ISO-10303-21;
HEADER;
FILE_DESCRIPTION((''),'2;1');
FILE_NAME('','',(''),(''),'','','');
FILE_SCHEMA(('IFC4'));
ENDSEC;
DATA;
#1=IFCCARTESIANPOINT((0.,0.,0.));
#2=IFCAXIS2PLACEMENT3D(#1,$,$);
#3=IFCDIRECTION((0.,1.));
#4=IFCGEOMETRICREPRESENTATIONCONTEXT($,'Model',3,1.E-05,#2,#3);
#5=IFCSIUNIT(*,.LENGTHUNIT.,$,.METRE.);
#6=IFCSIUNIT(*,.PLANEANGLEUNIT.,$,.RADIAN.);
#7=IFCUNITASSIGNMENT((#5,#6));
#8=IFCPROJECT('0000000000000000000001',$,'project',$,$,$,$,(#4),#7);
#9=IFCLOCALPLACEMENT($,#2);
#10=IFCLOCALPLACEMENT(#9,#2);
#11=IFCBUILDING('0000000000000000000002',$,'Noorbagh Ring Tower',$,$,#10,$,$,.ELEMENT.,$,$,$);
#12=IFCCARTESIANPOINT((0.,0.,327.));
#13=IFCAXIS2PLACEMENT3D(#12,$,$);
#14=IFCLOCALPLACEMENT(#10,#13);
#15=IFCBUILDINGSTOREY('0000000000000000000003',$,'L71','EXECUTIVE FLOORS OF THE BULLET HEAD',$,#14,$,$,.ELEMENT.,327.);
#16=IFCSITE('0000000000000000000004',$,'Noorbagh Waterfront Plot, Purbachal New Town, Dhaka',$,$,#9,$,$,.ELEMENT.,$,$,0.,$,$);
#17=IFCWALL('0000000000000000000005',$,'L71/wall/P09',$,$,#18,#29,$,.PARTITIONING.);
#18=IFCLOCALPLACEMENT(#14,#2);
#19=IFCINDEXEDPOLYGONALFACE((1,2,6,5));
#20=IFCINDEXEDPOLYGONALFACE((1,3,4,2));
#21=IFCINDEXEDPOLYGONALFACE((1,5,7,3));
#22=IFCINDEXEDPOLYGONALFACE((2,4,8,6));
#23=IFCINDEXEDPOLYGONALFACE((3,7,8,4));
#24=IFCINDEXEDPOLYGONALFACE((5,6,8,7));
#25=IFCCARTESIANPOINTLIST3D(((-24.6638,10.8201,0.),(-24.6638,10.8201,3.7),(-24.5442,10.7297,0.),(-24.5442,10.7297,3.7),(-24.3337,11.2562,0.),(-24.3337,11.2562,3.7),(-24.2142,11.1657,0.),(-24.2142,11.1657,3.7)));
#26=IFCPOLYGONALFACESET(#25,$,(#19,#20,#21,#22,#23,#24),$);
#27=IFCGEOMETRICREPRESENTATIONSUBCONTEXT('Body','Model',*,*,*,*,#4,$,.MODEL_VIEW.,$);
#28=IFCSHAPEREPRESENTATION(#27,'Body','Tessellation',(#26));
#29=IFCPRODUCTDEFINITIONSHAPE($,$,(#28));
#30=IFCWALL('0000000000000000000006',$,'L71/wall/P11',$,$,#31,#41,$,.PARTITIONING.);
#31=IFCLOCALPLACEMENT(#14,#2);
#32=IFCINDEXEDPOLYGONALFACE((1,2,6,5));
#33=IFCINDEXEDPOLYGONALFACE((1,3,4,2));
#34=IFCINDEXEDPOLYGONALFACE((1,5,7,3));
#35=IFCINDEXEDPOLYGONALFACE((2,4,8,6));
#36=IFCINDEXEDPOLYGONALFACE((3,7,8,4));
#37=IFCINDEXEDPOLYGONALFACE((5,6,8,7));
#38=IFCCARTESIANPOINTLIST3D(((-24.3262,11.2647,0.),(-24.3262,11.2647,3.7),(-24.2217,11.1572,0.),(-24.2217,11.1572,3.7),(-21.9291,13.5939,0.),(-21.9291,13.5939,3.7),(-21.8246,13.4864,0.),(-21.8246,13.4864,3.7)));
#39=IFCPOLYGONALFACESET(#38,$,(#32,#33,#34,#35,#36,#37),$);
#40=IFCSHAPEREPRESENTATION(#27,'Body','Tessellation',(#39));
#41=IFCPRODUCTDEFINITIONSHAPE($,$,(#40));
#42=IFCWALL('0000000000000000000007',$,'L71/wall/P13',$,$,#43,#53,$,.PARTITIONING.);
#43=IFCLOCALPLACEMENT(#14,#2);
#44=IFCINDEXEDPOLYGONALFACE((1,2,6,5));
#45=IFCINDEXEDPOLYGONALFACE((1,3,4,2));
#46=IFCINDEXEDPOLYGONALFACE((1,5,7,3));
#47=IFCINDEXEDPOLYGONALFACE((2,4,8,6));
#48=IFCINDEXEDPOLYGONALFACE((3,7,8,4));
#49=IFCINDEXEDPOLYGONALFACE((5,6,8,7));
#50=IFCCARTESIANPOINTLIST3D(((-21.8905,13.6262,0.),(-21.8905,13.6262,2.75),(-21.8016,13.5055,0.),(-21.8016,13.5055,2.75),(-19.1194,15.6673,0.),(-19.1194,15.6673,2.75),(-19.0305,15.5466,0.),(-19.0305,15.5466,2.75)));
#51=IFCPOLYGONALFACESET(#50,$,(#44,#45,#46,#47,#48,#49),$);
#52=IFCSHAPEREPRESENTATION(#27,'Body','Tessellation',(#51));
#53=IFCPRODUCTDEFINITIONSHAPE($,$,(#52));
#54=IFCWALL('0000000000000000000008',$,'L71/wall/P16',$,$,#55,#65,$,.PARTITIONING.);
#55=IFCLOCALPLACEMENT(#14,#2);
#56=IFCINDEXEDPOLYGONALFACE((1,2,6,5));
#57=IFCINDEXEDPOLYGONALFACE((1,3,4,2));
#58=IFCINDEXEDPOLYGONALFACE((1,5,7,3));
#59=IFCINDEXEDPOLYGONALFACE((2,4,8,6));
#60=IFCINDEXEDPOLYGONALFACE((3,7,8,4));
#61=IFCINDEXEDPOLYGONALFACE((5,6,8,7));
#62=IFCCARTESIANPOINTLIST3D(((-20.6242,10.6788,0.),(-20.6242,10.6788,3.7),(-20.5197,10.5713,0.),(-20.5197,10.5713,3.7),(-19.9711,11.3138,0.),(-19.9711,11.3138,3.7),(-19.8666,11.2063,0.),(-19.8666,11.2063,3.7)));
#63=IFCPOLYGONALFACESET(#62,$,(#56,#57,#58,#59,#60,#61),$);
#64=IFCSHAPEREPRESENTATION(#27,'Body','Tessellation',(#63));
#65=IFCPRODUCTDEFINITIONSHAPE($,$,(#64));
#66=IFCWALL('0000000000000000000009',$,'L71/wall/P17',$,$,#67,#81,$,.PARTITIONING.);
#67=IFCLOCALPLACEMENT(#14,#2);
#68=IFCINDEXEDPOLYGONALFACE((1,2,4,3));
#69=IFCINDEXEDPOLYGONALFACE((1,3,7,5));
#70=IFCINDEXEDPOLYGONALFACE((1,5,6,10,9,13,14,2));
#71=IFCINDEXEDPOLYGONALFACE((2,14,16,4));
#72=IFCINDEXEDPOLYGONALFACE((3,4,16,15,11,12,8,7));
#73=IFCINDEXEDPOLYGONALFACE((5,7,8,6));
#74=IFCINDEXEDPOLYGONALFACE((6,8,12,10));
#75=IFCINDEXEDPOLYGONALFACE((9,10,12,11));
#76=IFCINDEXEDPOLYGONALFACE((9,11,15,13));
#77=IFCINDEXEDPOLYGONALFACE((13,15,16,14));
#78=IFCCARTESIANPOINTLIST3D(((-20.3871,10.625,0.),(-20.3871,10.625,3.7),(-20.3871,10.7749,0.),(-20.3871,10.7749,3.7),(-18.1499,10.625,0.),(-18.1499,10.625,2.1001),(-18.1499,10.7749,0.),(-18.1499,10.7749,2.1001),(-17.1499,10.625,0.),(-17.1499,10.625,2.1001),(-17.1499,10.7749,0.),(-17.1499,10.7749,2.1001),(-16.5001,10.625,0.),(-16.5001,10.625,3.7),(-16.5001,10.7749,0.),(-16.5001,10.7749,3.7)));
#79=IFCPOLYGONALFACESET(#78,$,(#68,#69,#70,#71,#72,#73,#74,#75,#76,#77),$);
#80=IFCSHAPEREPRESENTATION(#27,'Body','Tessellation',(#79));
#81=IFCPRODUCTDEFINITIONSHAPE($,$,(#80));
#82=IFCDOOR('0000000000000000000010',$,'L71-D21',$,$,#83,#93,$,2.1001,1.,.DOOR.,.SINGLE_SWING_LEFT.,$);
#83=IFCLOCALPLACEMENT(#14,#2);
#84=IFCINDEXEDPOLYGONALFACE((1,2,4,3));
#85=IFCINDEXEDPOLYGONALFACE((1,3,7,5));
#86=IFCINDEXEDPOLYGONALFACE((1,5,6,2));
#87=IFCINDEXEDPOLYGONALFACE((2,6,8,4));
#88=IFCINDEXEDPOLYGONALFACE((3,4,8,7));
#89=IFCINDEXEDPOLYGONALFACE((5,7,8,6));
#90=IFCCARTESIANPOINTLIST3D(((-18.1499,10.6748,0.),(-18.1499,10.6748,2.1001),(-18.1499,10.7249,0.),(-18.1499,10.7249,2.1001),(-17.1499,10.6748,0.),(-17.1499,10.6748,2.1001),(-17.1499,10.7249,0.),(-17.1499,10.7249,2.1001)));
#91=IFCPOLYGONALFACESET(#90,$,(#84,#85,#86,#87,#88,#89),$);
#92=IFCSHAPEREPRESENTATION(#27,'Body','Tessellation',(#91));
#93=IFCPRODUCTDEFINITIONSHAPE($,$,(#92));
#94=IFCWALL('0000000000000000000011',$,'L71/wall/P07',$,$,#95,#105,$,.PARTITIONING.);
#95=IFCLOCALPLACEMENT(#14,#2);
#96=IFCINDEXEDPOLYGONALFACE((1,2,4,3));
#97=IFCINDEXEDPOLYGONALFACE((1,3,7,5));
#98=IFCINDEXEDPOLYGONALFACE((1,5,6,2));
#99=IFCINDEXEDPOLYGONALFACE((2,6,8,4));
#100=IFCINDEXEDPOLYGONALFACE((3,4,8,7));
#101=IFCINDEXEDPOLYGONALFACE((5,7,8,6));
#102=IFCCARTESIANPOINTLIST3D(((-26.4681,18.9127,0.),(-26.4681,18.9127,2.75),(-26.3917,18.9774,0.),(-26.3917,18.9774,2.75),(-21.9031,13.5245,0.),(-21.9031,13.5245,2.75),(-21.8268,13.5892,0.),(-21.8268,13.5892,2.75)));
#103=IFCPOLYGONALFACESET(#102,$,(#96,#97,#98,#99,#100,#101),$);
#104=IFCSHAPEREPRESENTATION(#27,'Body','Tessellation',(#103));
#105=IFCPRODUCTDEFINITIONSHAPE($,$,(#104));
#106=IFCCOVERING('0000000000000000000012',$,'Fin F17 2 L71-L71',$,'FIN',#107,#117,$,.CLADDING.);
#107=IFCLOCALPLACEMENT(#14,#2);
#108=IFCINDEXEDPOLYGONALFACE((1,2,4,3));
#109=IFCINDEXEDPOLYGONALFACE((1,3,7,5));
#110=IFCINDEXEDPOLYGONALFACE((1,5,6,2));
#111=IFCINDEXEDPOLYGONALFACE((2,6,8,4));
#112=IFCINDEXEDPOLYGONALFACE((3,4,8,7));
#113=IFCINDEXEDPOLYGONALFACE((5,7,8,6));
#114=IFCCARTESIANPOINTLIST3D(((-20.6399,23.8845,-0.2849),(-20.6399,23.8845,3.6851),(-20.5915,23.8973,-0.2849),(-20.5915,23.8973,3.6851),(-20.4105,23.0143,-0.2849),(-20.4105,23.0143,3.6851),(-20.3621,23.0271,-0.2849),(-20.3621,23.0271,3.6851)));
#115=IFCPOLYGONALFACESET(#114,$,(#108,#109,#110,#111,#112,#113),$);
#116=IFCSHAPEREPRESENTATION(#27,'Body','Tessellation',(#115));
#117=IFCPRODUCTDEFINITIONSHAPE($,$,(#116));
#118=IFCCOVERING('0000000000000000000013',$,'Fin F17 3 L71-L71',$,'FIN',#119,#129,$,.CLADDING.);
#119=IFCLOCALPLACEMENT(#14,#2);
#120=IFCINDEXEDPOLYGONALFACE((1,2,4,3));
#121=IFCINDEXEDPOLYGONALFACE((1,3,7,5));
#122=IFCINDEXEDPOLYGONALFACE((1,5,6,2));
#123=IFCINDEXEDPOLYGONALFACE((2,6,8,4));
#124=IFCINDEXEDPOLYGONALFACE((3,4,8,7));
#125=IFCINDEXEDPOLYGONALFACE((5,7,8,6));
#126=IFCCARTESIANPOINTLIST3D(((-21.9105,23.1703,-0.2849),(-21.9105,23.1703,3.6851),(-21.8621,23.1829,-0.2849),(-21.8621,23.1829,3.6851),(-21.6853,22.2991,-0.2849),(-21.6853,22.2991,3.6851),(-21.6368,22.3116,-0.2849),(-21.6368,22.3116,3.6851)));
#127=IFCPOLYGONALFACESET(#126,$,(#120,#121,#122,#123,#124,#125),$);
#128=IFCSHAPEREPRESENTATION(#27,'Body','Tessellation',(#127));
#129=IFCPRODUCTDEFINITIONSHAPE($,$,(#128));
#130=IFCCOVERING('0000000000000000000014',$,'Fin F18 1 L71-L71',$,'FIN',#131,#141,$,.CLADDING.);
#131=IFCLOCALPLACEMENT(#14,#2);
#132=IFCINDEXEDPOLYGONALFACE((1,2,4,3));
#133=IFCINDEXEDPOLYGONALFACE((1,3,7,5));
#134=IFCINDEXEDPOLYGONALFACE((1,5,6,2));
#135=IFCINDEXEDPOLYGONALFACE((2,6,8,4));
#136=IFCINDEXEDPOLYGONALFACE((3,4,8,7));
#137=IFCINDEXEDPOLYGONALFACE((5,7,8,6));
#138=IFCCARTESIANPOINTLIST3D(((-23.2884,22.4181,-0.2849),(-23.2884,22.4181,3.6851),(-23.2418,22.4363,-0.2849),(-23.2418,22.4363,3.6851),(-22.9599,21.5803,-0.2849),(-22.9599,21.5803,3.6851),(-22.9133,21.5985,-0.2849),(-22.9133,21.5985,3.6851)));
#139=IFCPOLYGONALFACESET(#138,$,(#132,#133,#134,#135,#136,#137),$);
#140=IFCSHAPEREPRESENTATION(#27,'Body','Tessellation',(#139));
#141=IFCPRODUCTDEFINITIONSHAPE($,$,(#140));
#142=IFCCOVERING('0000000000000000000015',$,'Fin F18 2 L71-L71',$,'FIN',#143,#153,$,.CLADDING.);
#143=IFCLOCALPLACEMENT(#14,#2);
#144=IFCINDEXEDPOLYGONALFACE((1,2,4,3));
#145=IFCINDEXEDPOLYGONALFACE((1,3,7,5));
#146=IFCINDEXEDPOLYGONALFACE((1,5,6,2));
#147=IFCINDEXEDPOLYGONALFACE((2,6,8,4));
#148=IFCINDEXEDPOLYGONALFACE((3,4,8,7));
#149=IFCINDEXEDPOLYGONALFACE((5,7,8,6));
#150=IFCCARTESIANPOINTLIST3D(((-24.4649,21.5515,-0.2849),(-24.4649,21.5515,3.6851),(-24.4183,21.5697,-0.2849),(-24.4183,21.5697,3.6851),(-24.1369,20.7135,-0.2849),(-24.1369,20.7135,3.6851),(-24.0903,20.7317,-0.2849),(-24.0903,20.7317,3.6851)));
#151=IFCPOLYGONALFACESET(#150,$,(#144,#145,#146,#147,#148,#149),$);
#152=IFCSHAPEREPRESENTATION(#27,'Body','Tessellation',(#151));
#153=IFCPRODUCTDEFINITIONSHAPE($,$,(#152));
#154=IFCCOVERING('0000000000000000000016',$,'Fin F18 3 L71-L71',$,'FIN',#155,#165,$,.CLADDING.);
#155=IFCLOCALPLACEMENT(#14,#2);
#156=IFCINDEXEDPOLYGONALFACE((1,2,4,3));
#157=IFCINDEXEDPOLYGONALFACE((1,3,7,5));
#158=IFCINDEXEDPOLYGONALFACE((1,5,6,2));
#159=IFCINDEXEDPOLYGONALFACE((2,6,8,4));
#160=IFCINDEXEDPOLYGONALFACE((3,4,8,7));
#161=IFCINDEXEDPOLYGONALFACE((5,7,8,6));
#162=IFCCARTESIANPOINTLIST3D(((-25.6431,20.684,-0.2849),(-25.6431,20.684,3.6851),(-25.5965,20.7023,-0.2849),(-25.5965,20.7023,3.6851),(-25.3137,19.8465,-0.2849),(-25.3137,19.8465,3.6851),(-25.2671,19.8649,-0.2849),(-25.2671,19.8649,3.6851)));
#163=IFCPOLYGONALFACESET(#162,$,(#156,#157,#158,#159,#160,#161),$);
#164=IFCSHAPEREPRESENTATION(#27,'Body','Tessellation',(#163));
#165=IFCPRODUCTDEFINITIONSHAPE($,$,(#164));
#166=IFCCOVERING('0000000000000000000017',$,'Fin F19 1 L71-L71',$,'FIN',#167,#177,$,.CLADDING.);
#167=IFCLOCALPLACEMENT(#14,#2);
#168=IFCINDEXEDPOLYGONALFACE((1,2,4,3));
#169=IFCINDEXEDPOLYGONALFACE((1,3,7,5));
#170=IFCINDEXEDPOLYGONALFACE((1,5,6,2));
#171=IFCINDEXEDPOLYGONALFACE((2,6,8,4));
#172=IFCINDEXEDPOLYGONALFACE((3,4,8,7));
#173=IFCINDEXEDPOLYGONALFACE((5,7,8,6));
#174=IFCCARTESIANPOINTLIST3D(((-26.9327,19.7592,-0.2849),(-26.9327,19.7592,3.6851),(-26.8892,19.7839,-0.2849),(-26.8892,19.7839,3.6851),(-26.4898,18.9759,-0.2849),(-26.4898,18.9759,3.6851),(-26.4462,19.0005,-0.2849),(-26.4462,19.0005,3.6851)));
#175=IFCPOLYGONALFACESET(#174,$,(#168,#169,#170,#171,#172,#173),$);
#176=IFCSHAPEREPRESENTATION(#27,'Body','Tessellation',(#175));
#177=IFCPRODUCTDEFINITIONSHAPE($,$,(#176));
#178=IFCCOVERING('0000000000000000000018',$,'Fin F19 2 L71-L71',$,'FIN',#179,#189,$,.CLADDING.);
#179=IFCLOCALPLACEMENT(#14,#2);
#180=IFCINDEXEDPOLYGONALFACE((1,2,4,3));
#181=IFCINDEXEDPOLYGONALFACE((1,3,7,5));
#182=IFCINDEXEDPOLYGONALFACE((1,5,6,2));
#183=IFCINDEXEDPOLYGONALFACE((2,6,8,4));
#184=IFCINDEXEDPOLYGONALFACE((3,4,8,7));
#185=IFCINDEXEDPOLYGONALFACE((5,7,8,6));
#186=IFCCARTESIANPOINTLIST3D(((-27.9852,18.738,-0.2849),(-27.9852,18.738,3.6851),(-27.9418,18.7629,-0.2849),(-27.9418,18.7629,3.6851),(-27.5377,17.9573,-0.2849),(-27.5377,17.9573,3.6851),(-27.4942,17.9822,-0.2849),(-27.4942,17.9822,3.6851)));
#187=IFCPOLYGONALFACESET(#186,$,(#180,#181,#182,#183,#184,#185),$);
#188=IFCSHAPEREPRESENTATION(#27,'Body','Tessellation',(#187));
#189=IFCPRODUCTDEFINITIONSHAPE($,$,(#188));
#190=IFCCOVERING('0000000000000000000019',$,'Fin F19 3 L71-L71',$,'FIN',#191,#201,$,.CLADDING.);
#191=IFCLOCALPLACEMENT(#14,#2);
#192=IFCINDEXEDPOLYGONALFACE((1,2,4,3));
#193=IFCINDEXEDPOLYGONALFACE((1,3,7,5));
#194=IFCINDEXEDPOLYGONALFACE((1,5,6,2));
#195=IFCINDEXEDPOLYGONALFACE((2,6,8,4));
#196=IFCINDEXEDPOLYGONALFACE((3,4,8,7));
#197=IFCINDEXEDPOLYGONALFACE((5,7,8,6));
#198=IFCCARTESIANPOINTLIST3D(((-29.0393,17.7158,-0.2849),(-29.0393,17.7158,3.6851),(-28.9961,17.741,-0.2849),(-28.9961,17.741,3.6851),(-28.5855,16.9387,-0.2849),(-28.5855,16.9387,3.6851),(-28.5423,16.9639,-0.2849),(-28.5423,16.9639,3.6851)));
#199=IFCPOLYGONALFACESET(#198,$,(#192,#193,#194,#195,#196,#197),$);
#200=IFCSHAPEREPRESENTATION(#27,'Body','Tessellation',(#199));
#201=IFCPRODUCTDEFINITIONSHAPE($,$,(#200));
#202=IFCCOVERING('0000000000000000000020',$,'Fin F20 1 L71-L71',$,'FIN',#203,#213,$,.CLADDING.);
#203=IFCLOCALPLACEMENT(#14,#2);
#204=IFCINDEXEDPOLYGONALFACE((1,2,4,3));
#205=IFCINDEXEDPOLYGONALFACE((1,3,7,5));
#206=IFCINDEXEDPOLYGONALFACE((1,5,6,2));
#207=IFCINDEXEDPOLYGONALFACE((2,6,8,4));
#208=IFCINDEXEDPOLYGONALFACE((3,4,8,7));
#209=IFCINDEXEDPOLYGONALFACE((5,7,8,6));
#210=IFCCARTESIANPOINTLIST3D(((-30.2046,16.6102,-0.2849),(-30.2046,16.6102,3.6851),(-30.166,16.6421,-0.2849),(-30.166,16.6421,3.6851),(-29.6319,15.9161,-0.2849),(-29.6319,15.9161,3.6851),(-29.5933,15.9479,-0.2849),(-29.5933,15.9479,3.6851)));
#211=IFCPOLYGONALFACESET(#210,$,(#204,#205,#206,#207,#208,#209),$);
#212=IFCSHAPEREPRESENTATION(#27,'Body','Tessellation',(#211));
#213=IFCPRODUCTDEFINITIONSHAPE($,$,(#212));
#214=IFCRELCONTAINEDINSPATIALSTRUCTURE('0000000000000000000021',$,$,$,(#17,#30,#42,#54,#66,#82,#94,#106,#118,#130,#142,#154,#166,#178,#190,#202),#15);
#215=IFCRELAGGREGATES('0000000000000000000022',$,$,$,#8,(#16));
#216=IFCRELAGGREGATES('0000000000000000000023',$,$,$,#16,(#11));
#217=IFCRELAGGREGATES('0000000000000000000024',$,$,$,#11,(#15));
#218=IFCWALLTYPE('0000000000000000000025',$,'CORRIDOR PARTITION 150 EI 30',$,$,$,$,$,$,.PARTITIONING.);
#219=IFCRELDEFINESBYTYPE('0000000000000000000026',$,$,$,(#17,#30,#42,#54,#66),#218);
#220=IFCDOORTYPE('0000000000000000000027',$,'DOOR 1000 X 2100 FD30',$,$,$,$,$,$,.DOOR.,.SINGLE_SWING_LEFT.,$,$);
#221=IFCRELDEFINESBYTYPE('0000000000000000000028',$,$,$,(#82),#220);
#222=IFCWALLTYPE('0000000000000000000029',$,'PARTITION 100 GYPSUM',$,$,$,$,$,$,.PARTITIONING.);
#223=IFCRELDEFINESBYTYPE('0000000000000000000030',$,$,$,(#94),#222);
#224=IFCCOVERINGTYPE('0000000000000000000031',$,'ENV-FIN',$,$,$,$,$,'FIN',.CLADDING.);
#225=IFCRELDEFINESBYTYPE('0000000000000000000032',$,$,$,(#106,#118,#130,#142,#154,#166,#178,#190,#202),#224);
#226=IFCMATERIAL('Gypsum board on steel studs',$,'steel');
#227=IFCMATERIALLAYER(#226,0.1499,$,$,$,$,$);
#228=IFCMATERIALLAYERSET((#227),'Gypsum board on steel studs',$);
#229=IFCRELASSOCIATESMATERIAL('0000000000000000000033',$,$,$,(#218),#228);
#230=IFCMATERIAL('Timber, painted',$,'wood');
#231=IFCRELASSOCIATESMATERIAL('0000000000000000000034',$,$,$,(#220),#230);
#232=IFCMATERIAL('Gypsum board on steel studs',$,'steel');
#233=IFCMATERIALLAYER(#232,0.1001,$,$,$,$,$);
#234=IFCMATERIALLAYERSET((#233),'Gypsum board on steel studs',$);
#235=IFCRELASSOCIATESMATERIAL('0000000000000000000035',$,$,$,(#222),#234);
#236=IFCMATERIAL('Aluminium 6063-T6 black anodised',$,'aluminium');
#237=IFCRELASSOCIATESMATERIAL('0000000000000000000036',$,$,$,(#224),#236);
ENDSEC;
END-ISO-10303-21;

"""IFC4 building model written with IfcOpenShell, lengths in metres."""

from ifc_helpers import new_model, si_unit, direction, frame, frame_2d, origin, origin_2d, place, context, subcontext, project, spatial, rectangle, extrude, material, layer, layer_set, material_profile, profile_set, type_object, element, fill, save


model = new_model("IFC4")

# Units and contexts
model_context = context("Model", 3, precision=1e-05, world=origin(), true_north=direction((0.0, 1.0)))
body_context = subcontext(model_context, "Body", "Model", "MODEL_VIEW")
ifc_project = project(units=[si_unit("LENGTHUNIT", "METRE"), si_unit("PLANEANGLEUNIT", "RADIAN")], contexts=[model_context])

# Site, building, storey
site_placement = place(None, origin())
site = spatial("IfcSite", under=ifc_project, at=site_placement, Name="Noorbagh Waterfront Plot, Purbachal New Town, Dhaka", CompositionType="ELEMENT", RefElevation=0.0)
building_placement = place(site_placement, origin())
building = spatial("IfcBuilding", under=site, at=building_placement, Name="Noorbagh Ring Tower", CompositionType="ELEMENT")
storey_placement = place(building_placement, frame((0.0, 0.0, 327.0)))
storey = spatial("IfcBuildingStorey", under=building, at=storey_placement, Name="L71", Description="EXECUTIVE FLOORS OF THE BULLET HEAD", CompositionType="ELEMENT", Elevation=327.0)

# Shared definitions
ifc_material_1 = material(Name="Gypsum board on steel studs", Category="steel")
ifc_layer_1 = layer(ifc_material_1, 0.1499)
ifc_layer_set_1 = layer_set([ifc_layer_1], Name="Gypsum board on steel studs")
wall_type_1 = type_object("IfcWallType", Name="CORRIDOR PARTITION 150 EI 30", PredefinedType="PARTITIONING", material=ifc_layer_set_1)
ifc_material_2 = material(Name="Timber, painted", Category="wood")
door_type = type_object("IfcDoorType", Name="DOOR 1000 X 2100 FD30", OperationType="SINGLE_SWING_LEFT", PredefinedType="DOOR", material=ifc_material_2)

# Walls
wall_1_placement = place(storey_placement, frame((-24.604, 10.7749, 0.0), z_axis=(0.0, 0.0, 1.0), x_axis=(0.603565, 0.797313, 0.0)))
element("IfcWall", 1, at=wall_1_placement, inside=storey, type_object=wall_type_1, Name="L71/wall/P09", PredefinedType="PARTITIONING", context=body_context, shape_type="SweptSolid", body=[
    extrude(rectangle(XDim=0.5469, YDim=0.1499, at=frame_2d((0.2734, 0.0))), origin(), (0.0, 0.0, 1.0), 3.7),
])
wall_2_placement = place(storey_placement, frame((-24.2739, 11.2109, 0.0), z_axis=(0.0, 0.0, 1.0), x_axis=(0.717188, 0.69688, 0.0)))
element("IfcWall", 2, at=wall_2_placement, inside=storey, type_object=wall_type_1, Name="L71/wall/P11", PredefinedType="PARTITIONING", context=body_context, shape_type="SweptSolid", body=[
    extrude(rectangle(XDim=3.3423, YDim=0.1499, at=frame_2d((1.6711, 0.0))), origin(), (0.0, 0.0, 1.0), 3.7),
])
wall_3_placement = place(storey_placement, frame((-21.8459, 13.5659, 0.0), z_axis=(0.0, 0.0, 1.0), x_axis=(0.805163, 0.593054, 0.0)))
element("IfcWall", 3, at=wall_3_placement, inside=storey, type_object=wall_type_1, Name="L71/wall/P13", PredefinedType="PARTITIONING", context=body_context, shape_type="SweptSolid", body=[
    extrude(rectangle(XDim=3.4417, YDim=0.1499, at=frame_2d((1.7207, 0.0))), origin(), (0.0, 0.0, 1.0), 2.75),
])
wall_4_placement = place(storey_placement, frame((-20.572, 10.625, 0.0), z_axis=(0.0, 0.0, 1.0), x_axis=(0.716954, 0.69712, 0.0)))
element("IfcWall", 4, at=wall_4_placement, inside=storey, type_object=wall_type_1, Name="L71/wall/P16", PredefinedType="PARTITIONING", context=body_context, shape_type="SweptSolid", body=[
    extrude(rectangle(XDim=0.9109, YDim=0.1499, at=frame_2d((0.4556, 0.0))), origin(), (0.0, 0.0, 1.0), 3.7),
])

# Wall, opening, door
wall_5_placement = place(storey_placement, frame((-20.387, 10.7, 0.0), z_axis=(0.0, 0.0, 1.0), x_axis=(1.0, 0.0, 0.0)))
wall_5 = element("IfcWall", 5, at=wall_5_placement, inside=storey, type_object=wall_type_1, Name="L71/wall/P17", PredefinedType="PARTITIONING", context=body_context, shape_type="SweptSolid", body=[
    extrude(rectangle(XDim=3.887, YDim=0.1499, at=frame_2d((1.9434, 0.0))), origin(), (0.0, 0.0, 1.0), 3.7),
])
opening_1_placement = place(wall_5_placement, frame((2.2371, 0.0, 0.0)))
opening_1 = element("IfcOpeningElement", 6, at=opening_1_placement, cuts=wall_5, PredefinedType="OPENING", context=body_context, shape_type="SweptSolid", body=[
    extrude(rectangle(XDim=1.0, YDim=2.1001, at=frame_2d((0.5, 1.05))), frame((0.0, 0.085, 0.0), z_axis=(0.0, -1.0, 0.0), x_axis=(1.0, 0.0, 0.0)), (0.0, 0.0, 1.0), 0.1699),
])
door_1_placement = place(opening_1_placement, origin())
door_1 = element("IfcDoor", 7, at=door_1_placement, inside=storey, type_object=door_type, Name="L71-D21", OperationType="SINGLE_SWING_LEFT", OverallHeight=2.1001, OverallWidth=1.0, PredefinedType="DOOR", context=body_context, shape_type="SweptSolid", body=[
    extrude(rectangle(XDim=1.0, YDim=2.1001, at=frame_2d((0.5, 1.05))), frame((0.0, 0.0249, 0.0), z_axis=(0.0, -1.0, 0.0), x_axis=(1.0, 0.0, 0.0)), (0.0, 0.0, 1.0), 0.05),
])
fill(opening_1, door_1)

# Wall
ifc_material_3 = material(Name="Gypsum board on steel studs", Category="steel")
ifc_layer_2 = layer(ifc_material_3, 0.1001)
ifc_layer_set_2 = layer_set([ifc_layer_2], Name="Gypsum board on steel studs")
wall_type_2 = type_object("IfcWallType", Name="PARTITION 100 GYPSUM", PredefinedType="PARTITIONING", material=ifc_layer_set_2)
wall_6_placement = place(storey_placement, frame((-26.4299, 18.9451, 0.0), z_axis=(0.0, 0.0, 1.0), x_axis=(0.646413, -0.762987, 0.0)))
element("IfcWall", 8, at=wall_6_placement, inside=storey, type_object=wall_type_2, Name="L71/wall/P07", PredefinedType="PARTITIONING", context=body_context, shape_type="SweptSolid", body=[
    extrude(rectangle(XDim=7.062, YDim=0.1001, at=frame_2d((3.531, 0.0))), origin(), (0.0, 0.0, 1.0), 2.75),
])

# Coverings
ifc_material_4 = material(Name="Aluminium 6063-T6 black anodised", Category="aluminium")
ifc_material_profile_1 = material_profile(ifc_material_4, rectangle(XDim=0.8999, YDim=0.05, at=origin_2d()), Name="900x50")
ifc_profile_set_1 = profile_set([ifc_material_profile_1], Name="Aluminium 6063-T6 black anodised")
covering_type = type_object("IfcCoveringType", Name="ENV-FIN", ElementType="FIN", PredefinedType="CLADDING", material=ifc_profile_set_1)
for number, where, z_axis, x_axis, name in (
    (9, (-20.501, 23.4558, -0.2849), (0.0, 0.0, 1.0), (-0.254952, 0.966954, 0.0), "Fin F17 2 L71-L71"),
    (10, (-21.7737, 22.741, -0.2849), (0.0, 0.0, 1.0), (-0.250261, 0.968178, 0.0), "Fin F17 3 L71-L71"),
    (11, (-23.1008, 22.0083, -0.2849), (0.0, 0.0, 1.0), (-0.365038, 0.930993, 0.0), "Fin F18 1 L71-L71"),
    (12, (-24.2776, 21.1416, -0.2849), (0.0, 0.0, 1.0), (-0.364533, 0.93119, 0.0), "Fin F18 2 L71-L71"),
    (13, (-25.4551, 20.2744, -0.2849), (0.0, 0.0, 1.0), (-0.366047, 0.930596, 0.0), "Fin F18 3 L71-L71"),
    (14, (-26.6895, 19.3799, -0.2849), (0.0, 0.0, 1.0), (-0.49224, 0.870459, 0.0), "Fin F19 1 L71-L71"),
    (15, (-27.7397, 18.3601, -0.2849), (0.0, 0.0, 1.0), (-0.497372, 0.867537, 0.0), "Fin F19 2 L71-L71"),
    (16, (-28.7908, 17.3398, -0.2849), (0.0, 0.0, 1.0), (-0.50428, 0.86354, 0.0), "Fin F19 3 L71-L71"),
    (17, (-29.8989, 16.2791, -0.2849), (0.0, 0.0, 1.0), (-0.636393, 0.771365, 0.0), "Fin F20 1 L71-L71"),
):
    element("IfcCovering", number, at=place(storey_placement, frame(where, z_axis=z_axis, x_axis=x_axis)), inside=storey, type_object=covering_type, Name=name, ObjectType="FIN", PredefinedType="CLADDING", context=body_context, shape_type="SweptSolid", body=[
        extrude(rectangle(XDim=0.8999, YDim=0.05, at=origin_2d()), origin(), (0.0, 0.0, 1.0), 3.97),
    ])

save(model, "model.ifc")
